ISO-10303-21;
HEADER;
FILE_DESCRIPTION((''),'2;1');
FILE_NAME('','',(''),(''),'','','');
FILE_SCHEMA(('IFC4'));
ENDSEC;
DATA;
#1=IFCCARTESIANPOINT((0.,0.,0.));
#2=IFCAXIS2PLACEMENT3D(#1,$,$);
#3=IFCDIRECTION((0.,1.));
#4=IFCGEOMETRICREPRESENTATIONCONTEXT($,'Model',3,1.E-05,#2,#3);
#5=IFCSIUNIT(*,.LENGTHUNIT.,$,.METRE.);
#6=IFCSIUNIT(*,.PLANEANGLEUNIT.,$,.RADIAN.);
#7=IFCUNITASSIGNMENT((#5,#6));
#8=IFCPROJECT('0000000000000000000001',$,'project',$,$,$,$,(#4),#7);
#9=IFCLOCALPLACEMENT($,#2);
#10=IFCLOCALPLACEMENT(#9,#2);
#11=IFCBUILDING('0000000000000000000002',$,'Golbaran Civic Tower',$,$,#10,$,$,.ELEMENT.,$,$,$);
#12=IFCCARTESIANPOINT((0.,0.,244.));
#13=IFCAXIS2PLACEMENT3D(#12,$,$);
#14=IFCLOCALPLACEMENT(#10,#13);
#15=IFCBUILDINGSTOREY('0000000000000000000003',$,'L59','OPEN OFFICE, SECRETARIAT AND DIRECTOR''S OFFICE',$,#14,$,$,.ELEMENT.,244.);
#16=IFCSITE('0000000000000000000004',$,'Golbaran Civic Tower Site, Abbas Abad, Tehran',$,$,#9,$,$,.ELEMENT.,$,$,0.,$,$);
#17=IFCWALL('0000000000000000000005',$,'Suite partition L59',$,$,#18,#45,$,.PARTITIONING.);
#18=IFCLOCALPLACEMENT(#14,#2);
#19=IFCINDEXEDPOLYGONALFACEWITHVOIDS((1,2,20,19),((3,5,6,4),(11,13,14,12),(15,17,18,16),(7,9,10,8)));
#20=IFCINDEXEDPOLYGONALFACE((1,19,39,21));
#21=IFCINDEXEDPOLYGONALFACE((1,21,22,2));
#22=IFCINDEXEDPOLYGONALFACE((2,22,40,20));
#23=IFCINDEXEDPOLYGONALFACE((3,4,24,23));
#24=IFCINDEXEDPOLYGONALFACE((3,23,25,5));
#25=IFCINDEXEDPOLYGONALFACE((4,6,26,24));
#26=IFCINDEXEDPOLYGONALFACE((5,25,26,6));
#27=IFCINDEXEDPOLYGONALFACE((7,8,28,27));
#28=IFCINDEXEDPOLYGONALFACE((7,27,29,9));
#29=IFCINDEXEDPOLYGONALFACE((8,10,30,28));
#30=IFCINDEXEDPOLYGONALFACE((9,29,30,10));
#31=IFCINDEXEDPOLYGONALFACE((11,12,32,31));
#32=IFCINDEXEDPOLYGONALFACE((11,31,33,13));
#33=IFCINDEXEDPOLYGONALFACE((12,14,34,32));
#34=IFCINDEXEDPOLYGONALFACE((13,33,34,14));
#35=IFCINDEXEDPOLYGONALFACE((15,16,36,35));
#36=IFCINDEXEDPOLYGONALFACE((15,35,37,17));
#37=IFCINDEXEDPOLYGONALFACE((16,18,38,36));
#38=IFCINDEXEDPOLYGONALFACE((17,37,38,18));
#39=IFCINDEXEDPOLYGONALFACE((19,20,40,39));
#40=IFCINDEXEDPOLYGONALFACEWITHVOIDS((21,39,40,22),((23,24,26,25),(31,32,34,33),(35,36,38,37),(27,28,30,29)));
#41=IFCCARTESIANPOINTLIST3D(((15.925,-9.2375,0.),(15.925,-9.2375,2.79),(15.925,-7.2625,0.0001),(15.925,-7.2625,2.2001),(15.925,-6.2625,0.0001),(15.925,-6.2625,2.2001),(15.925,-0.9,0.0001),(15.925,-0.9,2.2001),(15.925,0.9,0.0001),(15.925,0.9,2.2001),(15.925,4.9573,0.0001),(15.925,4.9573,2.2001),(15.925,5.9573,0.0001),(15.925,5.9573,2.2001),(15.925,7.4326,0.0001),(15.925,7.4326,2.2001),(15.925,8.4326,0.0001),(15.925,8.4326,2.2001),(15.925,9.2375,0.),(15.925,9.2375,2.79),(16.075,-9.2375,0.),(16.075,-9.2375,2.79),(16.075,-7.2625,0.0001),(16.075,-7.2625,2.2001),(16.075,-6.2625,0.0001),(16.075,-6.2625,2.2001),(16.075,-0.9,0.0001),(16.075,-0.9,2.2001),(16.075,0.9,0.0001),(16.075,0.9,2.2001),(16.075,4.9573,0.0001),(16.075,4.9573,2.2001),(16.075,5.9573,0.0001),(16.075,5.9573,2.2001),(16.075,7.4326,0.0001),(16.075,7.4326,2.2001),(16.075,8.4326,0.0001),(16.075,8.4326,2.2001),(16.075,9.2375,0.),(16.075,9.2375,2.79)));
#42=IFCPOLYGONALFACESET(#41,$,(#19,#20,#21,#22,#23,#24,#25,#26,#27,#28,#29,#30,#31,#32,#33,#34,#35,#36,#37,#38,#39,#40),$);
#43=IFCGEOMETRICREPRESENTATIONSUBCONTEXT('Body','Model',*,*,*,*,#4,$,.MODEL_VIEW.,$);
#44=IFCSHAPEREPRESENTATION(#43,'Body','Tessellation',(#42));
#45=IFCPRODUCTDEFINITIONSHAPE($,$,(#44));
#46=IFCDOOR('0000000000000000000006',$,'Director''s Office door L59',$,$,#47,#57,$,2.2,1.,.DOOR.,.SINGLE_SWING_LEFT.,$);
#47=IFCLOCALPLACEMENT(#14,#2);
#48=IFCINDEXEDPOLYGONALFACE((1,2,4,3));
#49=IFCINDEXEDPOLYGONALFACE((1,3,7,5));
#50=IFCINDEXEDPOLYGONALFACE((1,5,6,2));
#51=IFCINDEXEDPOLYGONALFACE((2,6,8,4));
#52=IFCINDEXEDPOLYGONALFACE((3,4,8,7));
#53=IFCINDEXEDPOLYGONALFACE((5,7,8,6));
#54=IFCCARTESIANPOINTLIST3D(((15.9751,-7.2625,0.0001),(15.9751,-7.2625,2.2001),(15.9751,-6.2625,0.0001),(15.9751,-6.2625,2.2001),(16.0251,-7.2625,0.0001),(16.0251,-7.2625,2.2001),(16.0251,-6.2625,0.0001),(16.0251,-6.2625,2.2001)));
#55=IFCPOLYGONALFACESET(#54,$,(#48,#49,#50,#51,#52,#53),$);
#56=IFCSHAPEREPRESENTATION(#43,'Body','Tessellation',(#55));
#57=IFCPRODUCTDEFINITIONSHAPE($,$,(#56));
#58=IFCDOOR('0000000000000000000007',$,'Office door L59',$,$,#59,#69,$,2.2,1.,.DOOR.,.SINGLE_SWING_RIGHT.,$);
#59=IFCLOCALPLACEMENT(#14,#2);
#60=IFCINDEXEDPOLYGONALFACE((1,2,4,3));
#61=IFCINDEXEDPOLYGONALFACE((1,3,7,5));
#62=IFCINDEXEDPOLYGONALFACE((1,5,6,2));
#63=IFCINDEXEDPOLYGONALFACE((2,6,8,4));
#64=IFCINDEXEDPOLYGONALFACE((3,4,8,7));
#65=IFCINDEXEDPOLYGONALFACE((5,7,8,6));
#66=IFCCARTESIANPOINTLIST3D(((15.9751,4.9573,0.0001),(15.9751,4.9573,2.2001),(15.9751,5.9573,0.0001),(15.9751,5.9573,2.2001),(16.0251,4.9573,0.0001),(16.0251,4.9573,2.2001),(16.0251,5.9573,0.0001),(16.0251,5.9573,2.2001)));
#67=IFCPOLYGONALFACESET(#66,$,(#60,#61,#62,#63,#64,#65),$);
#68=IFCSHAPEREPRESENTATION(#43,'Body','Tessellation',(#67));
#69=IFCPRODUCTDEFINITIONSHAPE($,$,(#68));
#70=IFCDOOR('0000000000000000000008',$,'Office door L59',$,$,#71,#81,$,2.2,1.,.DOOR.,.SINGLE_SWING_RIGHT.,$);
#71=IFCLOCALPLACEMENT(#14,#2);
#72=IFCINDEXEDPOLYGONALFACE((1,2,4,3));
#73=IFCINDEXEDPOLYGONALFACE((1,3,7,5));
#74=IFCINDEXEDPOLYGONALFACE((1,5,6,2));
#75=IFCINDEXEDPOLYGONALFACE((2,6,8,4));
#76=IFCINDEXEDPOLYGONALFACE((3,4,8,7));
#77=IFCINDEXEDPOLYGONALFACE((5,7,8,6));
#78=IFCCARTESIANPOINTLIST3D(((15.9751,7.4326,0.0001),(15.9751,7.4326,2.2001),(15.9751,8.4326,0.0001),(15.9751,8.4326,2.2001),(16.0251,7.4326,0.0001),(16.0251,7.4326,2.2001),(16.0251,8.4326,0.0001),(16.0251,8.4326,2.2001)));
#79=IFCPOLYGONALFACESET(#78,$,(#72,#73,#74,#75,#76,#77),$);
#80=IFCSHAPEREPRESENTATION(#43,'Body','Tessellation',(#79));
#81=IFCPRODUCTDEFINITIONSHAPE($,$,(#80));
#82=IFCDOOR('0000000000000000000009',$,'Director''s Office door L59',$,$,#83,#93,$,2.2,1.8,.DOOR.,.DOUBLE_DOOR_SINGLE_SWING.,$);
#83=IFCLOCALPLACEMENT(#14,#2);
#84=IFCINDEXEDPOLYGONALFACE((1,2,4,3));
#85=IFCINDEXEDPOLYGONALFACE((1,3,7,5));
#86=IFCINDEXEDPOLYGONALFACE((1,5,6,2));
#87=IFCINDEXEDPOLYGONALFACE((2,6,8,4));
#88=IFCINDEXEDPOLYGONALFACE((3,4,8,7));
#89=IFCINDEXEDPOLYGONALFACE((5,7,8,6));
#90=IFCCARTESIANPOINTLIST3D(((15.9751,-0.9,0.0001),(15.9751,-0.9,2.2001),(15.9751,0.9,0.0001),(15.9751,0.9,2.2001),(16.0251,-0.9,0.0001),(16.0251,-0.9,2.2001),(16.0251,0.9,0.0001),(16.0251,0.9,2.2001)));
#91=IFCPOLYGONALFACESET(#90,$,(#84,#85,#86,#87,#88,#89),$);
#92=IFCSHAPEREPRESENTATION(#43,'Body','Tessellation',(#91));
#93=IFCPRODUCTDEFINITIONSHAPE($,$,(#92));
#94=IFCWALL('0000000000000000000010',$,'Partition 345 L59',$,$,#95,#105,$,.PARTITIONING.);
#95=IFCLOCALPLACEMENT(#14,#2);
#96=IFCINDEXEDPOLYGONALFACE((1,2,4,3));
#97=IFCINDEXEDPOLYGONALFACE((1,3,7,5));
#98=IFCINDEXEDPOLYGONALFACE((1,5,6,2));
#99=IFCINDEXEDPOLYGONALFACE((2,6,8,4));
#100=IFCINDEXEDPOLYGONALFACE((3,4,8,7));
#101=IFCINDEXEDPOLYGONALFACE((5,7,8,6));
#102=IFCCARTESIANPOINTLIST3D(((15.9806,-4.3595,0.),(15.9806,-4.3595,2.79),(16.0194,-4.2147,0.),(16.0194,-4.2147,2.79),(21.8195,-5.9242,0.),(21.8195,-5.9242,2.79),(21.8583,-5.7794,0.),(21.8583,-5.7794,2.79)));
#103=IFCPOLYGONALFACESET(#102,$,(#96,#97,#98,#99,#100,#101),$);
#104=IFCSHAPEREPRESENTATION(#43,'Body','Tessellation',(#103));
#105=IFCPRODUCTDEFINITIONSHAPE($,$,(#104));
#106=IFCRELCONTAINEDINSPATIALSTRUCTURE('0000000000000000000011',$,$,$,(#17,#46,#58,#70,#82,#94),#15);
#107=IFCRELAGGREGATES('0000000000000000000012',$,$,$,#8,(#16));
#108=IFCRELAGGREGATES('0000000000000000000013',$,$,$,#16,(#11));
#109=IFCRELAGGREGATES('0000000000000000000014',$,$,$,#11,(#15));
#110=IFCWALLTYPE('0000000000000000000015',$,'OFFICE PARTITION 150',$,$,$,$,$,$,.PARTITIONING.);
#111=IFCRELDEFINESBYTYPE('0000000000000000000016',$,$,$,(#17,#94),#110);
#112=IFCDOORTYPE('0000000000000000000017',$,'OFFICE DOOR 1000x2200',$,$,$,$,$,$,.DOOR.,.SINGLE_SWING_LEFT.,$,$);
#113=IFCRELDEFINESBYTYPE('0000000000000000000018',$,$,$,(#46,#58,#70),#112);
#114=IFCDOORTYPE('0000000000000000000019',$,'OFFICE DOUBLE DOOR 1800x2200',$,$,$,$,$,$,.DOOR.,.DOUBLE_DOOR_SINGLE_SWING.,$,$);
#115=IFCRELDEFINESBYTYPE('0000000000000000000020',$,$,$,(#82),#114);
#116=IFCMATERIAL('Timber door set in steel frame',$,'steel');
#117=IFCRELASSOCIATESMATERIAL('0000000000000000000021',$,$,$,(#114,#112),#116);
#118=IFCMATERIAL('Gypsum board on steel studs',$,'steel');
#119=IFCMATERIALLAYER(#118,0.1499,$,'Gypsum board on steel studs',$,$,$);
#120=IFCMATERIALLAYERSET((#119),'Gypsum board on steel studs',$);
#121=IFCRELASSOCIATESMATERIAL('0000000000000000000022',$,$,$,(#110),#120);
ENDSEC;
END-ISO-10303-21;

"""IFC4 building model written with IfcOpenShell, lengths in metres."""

from ifc_helpers import new_model, si_unit, direction, frame, frame_2d, origin, place, context, subcontext, project, spatial, rectangle, extrude, material, layer, layer_set, type_object, element, fill, save


model = new_model("IFC4")

# Units and contexts
model_context = context("Model", 3, precision=1e-05, world=origin(), true_north=direction((0.0, 1.0)))
body_context = subcontext(model_context, "Body", "Model", "MODEL_VIEW")
ifc_project = project(units=[si_unit("LENGTHUNIT", "METRE"), si_unit("PLANEANGLEUNIT", "RADIAN")], contexts=[model_context])

# Site, building, storey
site_placement = place(None, origin())
site = spatial("IfcSite", under=ifc_project, at=site_placement, Name="Golbaran Civic Tower Site, Abbas Abad, Tehran", CompositionType="ELEMENT", RefElevation=0.0)
building_placement = place(site_placement, origin())
building = spatial("IfcBuilding", under=site, at=building_placement, Name="Golbaran Civic Tower", CompositionType="ELEMENT")
storey_placement = place(building_placement, frame((0.0, 0.0, 244.0)))
storey = spatial("IfcBuildingStorey", under=building, at=storey_placement, Name="L59", Description="OPEN OFFICE, SECRETARIAT AND DIRECTOR'S OFFICE", CompositionType="ELEMENT", Elevation=244.0)

# Shared definitions
ifc_material_1 = material(Name="Timber door set in steel frame", Category="steel")
door_type_1 = type_object("IfcDoorType", Name="OFFICE DOUBLE DOOR 1800x2200", OperationType="DOUBLE_DOOR_SINGLE_SWING", PredefinedType="DOOR", material=ifc_material_1)
door_type_2 = type_object("IfcDoorType", Name="OFFICE DOOR 1000x2200", OperationType="SINGLE_SWING_LEFT", PredefinedType="DOOR", material=ifc_material_1)

# Shared definitions
ifc_material_2 = material(Name="Gypsum board on steel studs", Category="steel")
ifc_layer_1 = layer(ifc_material_2, 0.1499, Name="Gypsum board on steel studs")
ifc_layer_set_1 = layer_set([ifc_layer_1], Name="Gypsum board on steel studs")
wall_type_1 = type_object("IfcWallType", Name="OFFICE PARTITION 150", PredefinedType="PARTITIONING", material=ifc_layer_set_1)

# Wall, openings, doors
wall_1_placement = place(storey_placement, frame((16.0, -9.2375, 0.0), z_axis=(0.0, 0.0, 1.0), x_axis=(0.0, 1.0, 0.0)))
wall_1 = element("IfcWall", 1, at=wall_1_placement, inside=storey, type_object=wall_type_1, Name="Suite partition L59", PredefinedType="PARTITIONING", context=body_context, shape_type="SweptSolid", body=[
    extrude(rectangle(XDim=18.4751, YDim=0.1499, at=frame_2d((9.2375, 0.0))), origin(), (0.0, 0.0, 1.0), 2.79),
])
opening_1_placement = place(wall_1_placement, frame((1.9751, 0.0, 0.0)))
opening_1 = element("IfcOpeningElement", 2, at=opening_1_placement, cuts=wall_1, PredefinedType="OPENING", context=body_context, shape_type="SweptSolid", body=[
    extrude(rectangle(XDim=1.0, YDim=2.2, at=frame_2d((0.5, 1.1001))), frame((0.0, 0.085, 0.0), z_axis=(0.0, -1.0, 0.0), x_axis=(1.0, 0.0, 0.0)), (0.0, 0.0, 1.0), 0.1699),
])
opening_2_placement = place(wall_1_placement, frame((8.3376, 0.0, 0.0)))
opening_2 = element("IfcOpeningElement", 3, at=opening_2_placement, cuts=wall_1, PredefinedType="OPENING", context=body_context, shape_type="SweptSolid", body=[
    extrude(rectangle(XDim=1.8, YDim=2.2, at=frame_2d((0.8999, 1.1001))), frame((0.0, 0.085, 0.0), z_axis=(0.0, -1.0, 0.0), x_axis=(1.0, 0.0, 0.0)), (0.0, 0.0, 1.0), 0.1699),
])
opening_3_placement = place(wall_1_placement, frame((14.1948, 0.0, 0.0)))
opening_3 = element("IfcOpeningElement", 4, at=opening_3_placement, cuts=wall_1, PredefinedType="OPENING", context=body_context, shape_type="SweptSolid", body=[
    extrude(rectangle(XDim=1.0, YDim=2.2, at=frame_2d((0.5, 1.1001))), frame((0.0, 0.085, 0.0), z_axis=(0.0, -1.0, 0.0), x_axis=(1.0, 0.0, 0.0)), (0.0, 0.0, 1.0), 0.1699),
])
opening_4_placement = place(wall_1_placement, frame((16.6702, 0.0, 0.0)))
opening_4 = element("IfcOpeningElement", 5, at=opening_4_placement, cuts=wall_1, PredefinedType="OPENING", context=body_context, shape_type="SweptSolid", body=[
    extrude(rectangle(XDim=1.0, YDim=2.2, at=frame_2d((0.5, 1.1001))), frame((0.0, 0.085, 0.0), z_axis=(0.0, -1.0, 0.0), x_axis=(1.0, 0.0, 0.0)), (0.0, 0.0, 1.0), 0.1699),
])
door_1_placement = place(opening_1_placement, origin())
door_1 = element("IfcDoor", 6, at=door_1_placement, inside=storey, type_object=door_type_2, Name="Director's Office door L59", OperationType="SINGLE_SWING_LEFT", OverallHeight=2.2, OverallWidth=1.0, PredefinedType="DOOR", context=body_context, shape_type="SweptSolid", body=[
    extrude(rectangle(XDim=1.0, YDim=2.2, at=frame_2d((0.5, 1.1001))), frame((0.0, 0.0249, 0.0), z_axis=(0.0, -1.0, 0.0), x_axis=(1.0, 0.0, 0.0)), (0.0, 0.0, 1.0), 0.05),
])
fill(opening_1, door_1)
door_2_placement = place(opening_3_placement, origin())
door_2 = element("IfcDoor", 7, at=door_2_placement, inside=storey, type_object=door_type_2, Name="Office door L59", OperationType="SINGLE_SWING_RIGHT", OverallHeight=2.2, OverallWidth=1.0, PredefinedType="DOOR", context=body_context, shape_type="SweptSolid", body=[
    extrude(rectangle(XDim=1.0, YDim=2.2, at=frame_2d((0.5, 1.1001))), frame((0.0, 0.0249, 0.0), z_axis=(0.0, -1.0, 0.0), x_axis=(1.0, 0.0, 0.0)), (0.0, 0.0, 1.0), 0.05),
])
fill(opening_3, door_2)
door_3_placement = place(opening_4_placement, origin())
door_3 = element("IfcDoor", 8, at=door_3_placement, inside=storey, type_object=door_type_2, Name="Office door L59", OperationType="SINGLE_SWING_RIGHT", OverallHeight=2.2, OverallWidth=1.0, PredefinedType="DOOR", context=body_context, shape_type="SweptSolid", body=[
    extrude(rectangle(XDim=1.0, YDim=2.2, at=frame_2d((0.5, 1.1001))), frame((0.0, 0.0249, 0.0), z_axis=(0.0, -1.0, 0.0), x_axis=(1.0, 0.0, 0.0)), (0.0, 0.0, 1.0), 0.05),
])
fill(opening_4, door_3)
door_4_placement = place(opening_2_placement, origin())
door_4 = element("IfcDoor", 9, at=door_4_placement, inside=storey, type_object=door_type_1, Name="Director's Office door L59", OperationType="DOUBLE_DOOR_SINGLE_SWING", OverallHeight=2.2, OverallWidth=1.8, PredefinedType="DOOR", context=body_context, shape_type="SweptSolid", body=[
    extrude(rectangle(XDim=1.8, YDim=2.2, at=frame_2d((0.8999, 1.1001))), frame((0.0, 0.0249, 0.0), z_axis=(0.0, -1.0, 0.0), x_axis=(1.0, 0.0, 0.0)), (0.0, 0.0, 1.0), 0.05),
])
fill(opening_2, door_4)

# Wall
wall_2_placement = place(storey_placement, frame((16.0, -4.2871, 0.0), z_axis=(0.0, 0.0, 1.0), x_axis=(0.965918, -0.258846, 0.0)))
element("IfcWall", 10, at=wall_2_placement, inside=storey, type_object=wall_type_1, Name="Partition 345 L59", PredefinedType="PARTITIONING", context=body_context, shape_type="SweptSolid", body=[
    extrude(rectangle(XDim=6.0449, YDim=0.1499, at=frame_2d((3.0225, 0.0))), origin(), (0.0, 0.0, 1.0), 2.79),
])

save(model, "model.ifc")
